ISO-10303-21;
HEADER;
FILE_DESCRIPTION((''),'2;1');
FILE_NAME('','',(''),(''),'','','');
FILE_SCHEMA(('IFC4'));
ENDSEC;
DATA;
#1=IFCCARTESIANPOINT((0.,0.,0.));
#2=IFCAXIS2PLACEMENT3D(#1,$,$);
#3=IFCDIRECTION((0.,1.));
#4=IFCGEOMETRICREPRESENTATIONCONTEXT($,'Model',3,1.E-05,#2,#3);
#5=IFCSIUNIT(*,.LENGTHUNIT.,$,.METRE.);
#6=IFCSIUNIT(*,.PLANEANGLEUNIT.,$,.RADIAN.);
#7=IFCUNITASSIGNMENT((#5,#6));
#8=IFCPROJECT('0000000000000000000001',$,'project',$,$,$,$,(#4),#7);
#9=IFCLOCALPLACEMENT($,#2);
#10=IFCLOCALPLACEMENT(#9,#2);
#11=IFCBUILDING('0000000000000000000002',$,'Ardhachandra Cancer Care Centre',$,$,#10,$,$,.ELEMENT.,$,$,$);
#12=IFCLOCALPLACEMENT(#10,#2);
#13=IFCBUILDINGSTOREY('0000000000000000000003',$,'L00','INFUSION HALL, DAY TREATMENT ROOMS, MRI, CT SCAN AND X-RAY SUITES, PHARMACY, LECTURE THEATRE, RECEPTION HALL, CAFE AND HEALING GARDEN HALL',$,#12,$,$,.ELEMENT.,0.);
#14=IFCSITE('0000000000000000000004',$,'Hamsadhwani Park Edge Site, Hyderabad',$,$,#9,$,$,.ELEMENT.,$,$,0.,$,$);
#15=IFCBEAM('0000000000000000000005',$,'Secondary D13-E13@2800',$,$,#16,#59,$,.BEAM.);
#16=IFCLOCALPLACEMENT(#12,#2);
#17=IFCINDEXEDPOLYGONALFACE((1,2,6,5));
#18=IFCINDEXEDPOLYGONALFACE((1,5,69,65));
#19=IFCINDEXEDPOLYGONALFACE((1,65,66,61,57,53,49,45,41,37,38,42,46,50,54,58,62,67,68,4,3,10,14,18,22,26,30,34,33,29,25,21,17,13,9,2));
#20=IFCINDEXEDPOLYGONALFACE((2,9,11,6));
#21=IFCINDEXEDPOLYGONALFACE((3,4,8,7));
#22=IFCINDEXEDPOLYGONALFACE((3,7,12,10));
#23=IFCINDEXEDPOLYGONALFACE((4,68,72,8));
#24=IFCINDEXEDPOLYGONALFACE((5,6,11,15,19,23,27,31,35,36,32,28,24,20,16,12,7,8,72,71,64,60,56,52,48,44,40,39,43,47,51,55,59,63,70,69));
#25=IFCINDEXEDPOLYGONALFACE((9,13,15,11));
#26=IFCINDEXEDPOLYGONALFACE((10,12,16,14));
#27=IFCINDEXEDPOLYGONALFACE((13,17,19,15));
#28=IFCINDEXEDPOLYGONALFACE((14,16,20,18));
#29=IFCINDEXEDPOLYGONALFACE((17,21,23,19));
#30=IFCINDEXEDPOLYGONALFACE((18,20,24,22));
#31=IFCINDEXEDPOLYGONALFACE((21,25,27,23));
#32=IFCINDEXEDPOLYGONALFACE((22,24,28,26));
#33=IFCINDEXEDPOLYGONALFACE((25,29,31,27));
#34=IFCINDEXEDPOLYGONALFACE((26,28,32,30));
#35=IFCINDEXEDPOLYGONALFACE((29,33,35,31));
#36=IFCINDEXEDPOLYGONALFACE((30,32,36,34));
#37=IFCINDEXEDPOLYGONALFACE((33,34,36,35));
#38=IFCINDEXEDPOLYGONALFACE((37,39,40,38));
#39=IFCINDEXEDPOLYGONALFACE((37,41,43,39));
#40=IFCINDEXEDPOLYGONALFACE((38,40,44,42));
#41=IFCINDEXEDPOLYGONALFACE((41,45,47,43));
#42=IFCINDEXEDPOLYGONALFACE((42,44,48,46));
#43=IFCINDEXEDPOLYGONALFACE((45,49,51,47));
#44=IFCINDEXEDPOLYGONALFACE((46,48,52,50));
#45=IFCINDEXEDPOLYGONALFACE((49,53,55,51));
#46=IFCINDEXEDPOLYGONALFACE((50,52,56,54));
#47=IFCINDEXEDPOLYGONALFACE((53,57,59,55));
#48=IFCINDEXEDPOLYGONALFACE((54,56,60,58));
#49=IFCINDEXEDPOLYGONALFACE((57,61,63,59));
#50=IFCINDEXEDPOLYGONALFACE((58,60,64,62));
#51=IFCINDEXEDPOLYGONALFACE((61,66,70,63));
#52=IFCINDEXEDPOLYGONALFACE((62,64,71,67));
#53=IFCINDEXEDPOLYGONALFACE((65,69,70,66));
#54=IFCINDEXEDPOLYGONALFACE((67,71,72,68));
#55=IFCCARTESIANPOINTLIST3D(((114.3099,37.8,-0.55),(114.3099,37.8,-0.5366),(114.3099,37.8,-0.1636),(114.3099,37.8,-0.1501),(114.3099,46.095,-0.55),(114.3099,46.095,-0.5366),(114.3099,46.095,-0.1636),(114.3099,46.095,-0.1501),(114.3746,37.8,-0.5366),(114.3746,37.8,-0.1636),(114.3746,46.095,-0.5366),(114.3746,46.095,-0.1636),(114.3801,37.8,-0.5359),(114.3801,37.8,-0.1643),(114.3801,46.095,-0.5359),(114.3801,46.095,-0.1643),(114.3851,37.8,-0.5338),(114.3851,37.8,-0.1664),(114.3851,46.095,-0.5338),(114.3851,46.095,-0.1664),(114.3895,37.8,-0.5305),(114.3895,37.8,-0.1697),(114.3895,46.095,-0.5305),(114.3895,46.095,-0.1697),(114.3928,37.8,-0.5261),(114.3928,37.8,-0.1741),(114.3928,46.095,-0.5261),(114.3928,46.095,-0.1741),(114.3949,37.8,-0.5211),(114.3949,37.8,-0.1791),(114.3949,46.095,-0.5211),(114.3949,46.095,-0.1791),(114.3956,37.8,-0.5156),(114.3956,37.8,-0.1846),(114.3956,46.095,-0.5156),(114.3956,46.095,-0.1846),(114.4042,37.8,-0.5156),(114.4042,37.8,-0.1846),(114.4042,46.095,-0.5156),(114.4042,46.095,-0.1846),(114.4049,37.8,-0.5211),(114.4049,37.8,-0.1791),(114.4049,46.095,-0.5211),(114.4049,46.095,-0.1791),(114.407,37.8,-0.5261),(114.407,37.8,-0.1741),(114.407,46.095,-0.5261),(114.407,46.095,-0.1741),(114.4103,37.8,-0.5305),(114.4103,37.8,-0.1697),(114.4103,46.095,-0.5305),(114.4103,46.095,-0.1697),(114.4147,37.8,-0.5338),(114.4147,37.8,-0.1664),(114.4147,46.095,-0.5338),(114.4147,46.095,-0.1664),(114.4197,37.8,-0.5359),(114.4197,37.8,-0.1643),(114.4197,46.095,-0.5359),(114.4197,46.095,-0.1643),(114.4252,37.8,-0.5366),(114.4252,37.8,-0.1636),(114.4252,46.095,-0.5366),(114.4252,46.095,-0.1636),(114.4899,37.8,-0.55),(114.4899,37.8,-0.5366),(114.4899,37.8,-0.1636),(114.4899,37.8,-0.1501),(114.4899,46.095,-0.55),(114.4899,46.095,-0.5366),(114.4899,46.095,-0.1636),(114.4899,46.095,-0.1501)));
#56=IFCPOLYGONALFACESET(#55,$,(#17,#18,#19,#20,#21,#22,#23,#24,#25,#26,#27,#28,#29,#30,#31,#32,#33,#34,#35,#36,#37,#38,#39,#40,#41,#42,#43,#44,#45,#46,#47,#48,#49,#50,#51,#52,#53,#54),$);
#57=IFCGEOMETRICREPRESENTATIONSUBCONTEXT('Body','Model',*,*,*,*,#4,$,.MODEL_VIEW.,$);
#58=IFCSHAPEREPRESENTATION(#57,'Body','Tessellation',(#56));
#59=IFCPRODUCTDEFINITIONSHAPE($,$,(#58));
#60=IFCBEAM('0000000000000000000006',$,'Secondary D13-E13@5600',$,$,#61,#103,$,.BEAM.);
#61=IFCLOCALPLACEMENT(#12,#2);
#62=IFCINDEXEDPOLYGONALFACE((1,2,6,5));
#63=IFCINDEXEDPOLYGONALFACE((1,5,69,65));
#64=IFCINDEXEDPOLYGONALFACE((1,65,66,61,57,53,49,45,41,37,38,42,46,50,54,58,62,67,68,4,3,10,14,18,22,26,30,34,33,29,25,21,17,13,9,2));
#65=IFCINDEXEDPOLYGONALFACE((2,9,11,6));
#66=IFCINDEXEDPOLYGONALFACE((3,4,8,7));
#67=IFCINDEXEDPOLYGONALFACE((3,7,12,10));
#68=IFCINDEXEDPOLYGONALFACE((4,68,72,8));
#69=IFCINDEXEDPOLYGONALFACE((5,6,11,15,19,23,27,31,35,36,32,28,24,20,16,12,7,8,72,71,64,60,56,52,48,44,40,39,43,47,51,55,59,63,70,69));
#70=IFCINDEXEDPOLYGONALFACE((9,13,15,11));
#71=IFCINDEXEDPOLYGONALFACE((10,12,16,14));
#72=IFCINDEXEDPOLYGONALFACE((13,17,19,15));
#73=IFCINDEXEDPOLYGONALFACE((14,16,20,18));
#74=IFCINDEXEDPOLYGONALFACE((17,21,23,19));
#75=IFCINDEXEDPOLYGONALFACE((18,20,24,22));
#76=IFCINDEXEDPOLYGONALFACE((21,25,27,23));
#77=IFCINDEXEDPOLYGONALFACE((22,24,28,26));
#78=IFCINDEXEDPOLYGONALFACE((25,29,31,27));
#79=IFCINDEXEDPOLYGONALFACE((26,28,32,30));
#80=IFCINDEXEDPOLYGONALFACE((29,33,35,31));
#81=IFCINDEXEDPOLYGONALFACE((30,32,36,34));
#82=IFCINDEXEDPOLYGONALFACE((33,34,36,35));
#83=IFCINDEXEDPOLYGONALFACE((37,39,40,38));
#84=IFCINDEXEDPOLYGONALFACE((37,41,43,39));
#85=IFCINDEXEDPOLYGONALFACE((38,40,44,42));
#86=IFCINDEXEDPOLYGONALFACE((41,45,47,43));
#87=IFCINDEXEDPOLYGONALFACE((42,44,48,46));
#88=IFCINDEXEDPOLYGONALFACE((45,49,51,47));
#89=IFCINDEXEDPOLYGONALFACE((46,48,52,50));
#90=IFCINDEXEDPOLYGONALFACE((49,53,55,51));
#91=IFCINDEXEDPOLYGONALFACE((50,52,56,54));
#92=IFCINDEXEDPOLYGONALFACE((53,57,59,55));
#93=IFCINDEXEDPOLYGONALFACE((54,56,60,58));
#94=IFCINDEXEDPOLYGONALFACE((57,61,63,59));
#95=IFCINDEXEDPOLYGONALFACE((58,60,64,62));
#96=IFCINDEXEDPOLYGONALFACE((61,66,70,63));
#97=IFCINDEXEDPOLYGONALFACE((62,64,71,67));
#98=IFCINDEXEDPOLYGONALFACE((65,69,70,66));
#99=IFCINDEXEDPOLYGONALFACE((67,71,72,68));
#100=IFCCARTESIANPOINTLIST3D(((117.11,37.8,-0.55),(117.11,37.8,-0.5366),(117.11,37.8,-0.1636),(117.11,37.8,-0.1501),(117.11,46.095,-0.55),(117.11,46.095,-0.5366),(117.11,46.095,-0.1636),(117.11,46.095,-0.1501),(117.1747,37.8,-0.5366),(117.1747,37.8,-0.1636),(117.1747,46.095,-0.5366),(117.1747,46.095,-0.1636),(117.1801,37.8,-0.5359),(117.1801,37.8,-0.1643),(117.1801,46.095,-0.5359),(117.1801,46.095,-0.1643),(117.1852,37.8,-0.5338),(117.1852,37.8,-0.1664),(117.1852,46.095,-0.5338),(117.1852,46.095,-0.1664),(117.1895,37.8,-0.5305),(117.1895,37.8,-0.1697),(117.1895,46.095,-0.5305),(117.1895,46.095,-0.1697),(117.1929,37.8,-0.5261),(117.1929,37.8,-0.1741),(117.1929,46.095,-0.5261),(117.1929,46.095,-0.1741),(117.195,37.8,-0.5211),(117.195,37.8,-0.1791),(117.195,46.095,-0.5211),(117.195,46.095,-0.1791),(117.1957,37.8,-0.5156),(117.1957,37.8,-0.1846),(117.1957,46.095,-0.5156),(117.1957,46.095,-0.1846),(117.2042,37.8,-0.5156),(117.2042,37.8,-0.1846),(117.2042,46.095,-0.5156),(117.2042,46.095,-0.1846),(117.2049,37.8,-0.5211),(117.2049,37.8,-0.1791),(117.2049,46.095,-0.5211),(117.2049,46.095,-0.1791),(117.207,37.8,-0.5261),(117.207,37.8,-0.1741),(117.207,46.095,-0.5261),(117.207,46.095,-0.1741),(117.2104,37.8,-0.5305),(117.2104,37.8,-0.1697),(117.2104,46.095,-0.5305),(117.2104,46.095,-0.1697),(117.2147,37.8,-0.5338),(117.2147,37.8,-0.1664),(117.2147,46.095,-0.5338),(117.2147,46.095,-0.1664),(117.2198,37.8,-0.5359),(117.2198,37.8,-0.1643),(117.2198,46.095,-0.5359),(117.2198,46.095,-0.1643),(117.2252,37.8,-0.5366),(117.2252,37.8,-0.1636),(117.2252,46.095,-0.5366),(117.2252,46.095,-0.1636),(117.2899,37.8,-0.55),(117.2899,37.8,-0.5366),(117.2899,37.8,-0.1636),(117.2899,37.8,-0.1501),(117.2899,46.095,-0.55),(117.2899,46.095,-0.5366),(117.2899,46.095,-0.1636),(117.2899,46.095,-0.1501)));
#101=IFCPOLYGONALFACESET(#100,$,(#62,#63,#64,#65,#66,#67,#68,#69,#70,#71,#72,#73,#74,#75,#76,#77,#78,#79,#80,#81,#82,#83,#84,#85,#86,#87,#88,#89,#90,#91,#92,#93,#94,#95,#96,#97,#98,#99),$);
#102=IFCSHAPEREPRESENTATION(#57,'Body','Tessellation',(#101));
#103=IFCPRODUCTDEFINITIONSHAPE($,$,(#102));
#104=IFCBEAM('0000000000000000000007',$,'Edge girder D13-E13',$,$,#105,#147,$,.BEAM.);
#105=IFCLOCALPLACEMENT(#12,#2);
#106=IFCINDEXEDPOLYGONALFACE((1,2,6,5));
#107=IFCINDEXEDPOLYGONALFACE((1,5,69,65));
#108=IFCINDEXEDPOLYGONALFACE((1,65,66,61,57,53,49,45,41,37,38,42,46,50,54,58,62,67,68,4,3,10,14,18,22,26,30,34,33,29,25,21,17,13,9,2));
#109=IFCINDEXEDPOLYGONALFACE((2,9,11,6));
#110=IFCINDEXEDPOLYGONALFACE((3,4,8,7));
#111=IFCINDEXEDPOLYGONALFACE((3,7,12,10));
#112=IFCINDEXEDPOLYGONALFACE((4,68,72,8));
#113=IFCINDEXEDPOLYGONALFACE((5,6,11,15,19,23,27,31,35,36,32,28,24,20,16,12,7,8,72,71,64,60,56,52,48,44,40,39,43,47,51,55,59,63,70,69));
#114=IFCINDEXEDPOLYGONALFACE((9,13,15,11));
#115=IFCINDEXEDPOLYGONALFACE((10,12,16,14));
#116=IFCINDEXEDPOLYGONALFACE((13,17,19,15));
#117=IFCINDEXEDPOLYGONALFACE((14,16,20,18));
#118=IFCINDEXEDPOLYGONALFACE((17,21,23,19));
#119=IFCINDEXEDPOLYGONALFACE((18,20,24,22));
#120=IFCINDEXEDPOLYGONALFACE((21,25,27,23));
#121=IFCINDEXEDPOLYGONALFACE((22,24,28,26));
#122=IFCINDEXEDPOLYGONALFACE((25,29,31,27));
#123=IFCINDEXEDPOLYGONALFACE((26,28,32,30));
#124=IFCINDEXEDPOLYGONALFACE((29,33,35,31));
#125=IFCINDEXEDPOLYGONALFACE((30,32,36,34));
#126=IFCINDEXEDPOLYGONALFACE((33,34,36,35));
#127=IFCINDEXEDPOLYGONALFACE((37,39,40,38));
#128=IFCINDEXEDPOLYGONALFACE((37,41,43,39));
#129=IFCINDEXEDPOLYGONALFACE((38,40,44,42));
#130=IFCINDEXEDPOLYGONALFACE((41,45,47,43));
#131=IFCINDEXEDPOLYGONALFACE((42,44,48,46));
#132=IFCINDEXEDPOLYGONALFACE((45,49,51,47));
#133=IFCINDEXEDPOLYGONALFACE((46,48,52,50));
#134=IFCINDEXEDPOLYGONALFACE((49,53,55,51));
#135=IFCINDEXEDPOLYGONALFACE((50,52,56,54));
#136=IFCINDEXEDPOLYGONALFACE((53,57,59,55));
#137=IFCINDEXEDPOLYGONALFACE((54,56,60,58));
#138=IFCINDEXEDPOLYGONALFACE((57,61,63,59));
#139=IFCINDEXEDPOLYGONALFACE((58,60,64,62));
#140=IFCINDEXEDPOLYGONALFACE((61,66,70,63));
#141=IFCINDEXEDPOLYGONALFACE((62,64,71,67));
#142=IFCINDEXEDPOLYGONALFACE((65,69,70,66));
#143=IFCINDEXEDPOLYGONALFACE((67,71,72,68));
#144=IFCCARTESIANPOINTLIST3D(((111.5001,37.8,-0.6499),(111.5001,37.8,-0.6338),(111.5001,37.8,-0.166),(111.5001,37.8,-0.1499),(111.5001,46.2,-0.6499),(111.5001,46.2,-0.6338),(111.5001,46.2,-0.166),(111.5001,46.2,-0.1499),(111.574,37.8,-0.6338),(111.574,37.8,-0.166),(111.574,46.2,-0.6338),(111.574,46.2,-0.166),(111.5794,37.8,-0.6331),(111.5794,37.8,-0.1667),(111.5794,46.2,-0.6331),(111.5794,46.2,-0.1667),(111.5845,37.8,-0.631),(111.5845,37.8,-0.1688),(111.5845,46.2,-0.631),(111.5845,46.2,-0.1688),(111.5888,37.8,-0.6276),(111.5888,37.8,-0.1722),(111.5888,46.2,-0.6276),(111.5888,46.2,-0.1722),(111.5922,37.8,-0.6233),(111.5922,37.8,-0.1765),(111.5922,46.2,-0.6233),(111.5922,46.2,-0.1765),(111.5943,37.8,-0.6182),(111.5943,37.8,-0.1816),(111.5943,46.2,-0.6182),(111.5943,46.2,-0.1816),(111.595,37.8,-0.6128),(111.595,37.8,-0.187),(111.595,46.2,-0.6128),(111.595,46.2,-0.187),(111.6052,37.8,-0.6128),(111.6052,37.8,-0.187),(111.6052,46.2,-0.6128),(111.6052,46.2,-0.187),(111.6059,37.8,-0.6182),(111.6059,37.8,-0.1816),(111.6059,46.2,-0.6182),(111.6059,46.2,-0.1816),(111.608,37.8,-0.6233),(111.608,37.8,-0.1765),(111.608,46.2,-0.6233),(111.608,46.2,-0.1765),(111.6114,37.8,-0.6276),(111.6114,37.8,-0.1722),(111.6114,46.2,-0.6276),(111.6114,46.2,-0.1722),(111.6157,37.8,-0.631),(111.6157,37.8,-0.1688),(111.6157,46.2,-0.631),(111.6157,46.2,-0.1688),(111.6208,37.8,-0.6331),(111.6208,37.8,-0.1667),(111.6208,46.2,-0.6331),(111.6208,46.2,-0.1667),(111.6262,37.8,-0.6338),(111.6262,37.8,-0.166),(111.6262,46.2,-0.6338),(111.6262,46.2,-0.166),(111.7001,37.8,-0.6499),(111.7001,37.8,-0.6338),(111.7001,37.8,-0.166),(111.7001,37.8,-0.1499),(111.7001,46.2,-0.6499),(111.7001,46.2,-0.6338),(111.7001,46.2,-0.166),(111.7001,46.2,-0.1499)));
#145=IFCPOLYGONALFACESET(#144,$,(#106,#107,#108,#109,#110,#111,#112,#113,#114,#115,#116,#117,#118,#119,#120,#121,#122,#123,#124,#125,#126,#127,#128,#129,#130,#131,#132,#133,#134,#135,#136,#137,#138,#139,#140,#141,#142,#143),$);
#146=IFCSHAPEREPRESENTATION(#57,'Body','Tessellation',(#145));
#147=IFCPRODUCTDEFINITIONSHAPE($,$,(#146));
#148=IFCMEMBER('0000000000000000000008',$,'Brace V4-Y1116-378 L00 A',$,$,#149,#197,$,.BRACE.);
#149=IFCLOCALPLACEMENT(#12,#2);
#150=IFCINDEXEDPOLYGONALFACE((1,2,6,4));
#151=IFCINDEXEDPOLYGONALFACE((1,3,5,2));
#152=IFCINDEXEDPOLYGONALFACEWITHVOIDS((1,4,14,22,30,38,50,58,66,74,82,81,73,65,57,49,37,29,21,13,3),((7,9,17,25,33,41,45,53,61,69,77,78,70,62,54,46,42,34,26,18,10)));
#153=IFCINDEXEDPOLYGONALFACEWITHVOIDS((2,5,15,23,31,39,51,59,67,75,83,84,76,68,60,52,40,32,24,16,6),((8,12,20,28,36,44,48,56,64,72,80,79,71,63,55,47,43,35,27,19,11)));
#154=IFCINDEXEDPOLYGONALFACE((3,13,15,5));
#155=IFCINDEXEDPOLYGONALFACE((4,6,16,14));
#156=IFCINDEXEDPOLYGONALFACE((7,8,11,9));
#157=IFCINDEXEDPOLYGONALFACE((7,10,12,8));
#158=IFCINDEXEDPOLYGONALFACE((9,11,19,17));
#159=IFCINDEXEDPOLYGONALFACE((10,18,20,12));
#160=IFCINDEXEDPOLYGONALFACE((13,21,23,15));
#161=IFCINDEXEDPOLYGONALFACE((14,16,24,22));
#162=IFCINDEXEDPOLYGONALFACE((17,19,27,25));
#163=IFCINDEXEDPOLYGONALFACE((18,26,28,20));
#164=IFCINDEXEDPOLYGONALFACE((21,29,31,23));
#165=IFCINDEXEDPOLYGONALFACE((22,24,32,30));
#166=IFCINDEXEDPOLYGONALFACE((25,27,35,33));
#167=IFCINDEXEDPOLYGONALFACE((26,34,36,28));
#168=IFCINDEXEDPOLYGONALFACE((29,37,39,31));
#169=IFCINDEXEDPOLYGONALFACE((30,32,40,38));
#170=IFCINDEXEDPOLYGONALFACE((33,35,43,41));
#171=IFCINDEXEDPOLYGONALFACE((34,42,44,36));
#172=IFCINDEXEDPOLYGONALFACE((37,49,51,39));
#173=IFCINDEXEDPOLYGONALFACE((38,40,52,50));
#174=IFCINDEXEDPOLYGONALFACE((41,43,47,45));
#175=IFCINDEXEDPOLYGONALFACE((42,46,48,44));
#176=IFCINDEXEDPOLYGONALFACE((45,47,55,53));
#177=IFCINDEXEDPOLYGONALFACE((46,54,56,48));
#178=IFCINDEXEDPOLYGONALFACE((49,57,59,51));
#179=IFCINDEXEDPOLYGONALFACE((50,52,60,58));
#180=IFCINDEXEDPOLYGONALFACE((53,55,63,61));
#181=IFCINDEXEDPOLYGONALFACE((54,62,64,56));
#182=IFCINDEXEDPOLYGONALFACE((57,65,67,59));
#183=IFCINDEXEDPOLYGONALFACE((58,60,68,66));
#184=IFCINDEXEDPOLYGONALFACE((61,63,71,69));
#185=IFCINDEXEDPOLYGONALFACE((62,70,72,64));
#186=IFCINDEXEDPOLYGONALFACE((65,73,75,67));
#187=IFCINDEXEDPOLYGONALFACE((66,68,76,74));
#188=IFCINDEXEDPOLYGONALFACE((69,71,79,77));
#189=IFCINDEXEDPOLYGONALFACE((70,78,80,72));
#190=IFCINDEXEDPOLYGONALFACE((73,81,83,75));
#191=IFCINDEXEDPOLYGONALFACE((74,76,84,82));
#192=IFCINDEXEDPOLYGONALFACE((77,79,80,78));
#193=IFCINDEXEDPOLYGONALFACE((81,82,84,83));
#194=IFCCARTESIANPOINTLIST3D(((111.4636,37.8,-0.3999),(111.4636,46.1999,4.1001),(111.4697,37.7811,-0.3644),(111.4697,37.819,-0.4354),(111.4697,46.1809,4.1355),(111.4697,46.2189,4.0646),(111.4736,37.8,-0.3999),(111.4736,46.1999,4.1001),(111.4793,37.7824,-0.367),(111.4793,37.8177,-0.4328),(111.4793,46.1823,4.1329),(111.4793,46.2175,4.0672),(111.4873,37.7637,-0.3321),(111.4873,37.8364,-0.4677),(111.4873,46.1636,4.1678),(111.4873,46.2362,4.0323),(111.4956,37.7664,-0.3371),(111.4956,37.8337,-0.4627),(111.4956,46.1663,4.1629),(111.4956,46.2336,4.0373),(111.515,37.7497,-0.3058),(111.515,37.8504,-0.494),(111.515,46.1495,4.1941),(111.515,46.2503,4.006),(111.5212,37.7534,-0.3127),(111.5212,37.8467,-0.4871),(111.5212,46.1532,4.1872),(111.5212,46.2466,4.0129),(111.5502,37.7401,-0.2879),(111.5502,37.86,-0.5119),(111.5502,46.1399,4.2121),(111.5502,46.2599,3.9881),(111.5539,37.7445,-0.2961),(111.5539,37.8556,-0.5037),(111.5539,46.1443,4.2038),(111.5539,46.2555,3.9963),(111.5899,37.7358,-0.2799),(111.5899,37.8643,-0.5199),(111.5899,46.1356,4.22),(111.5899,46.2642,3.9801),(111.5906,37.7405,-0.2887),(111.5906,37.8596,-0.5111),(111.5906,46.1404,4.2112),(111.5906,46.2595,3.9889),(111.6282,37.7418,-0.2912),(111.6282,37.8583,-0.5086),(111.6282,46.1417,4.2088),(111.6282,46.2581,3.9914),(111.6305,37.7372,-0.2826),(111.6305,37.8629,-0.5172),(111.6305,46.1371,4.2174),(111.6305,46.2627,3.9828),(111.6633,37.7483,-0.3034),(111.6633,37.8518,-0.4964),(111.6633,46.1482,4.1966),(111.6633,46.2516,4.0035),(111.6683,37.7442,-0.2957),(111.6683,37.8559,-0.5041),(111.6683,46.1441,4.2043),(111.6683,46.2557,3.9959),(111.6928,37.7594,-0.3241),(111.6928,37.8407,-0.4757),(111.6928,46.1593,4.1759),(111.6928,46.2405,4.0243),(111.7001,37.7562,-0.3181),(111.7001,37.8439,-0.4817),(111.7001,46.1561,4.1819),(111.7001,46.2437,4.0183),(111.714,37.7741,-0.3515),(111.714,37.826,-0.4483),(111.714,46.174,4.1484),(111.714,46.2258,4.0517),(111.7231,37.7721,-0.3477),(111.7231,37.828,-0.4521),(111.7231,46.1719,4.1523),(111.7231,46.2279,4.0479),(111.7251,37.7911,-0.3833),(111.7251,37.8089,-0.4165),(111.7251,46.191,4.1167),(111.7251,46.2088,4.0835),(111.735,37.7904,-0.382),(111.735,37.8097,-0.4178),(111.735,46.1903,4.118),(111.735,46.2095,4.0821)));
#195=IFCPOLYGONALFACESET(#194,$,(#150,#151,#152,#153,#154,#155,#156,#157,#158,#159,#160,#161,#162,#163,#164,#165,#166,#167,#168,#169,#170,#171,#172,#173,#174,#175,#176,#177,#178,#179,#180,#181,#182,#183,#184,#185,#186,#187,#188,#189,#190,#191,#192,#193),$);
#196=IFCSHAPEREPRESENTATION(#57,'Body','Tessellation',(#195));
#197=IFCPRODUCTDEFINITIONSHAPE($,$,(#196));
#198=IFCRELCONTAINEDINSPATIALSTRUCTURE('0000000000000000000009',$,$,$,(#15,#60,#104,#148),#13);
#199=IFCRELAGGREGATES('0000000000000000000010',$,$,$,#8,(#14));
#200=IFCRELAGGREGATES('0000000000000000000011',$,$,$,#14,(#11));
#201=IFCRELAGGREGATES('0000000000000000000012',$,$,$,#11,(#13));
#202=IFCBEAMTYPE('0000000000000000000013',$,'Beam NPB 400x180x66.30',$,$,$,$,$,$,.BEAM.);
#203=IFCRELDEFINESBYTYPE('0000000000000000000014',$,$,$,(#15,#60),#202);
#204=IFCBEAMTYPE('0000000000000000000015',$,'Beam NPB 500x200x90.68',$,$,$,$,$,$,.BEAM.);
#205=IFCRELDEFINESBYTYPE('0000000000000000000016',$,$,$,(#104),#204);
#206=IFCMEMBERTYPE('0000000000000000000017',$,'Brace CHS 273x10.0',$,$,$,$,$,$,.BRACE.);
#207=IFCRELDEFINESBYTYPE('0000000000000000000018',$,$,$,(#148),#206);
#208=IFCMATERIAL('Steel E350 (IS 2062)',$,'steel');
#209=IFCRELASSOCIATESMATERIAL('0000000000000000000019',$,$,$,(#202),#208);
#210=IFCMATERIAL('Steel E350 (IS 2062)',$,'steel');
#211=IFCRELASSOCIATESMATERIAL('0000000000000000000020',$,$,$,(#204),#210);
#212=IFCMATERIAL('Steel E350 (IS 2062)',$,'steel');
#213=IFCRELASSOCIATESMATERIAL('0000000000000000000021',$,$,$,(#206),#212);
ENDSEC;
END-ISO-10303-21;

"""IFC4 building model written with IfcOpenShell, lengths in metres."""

from ifc_helpers import new_model, si_unit, direction, frame, origin, origin_2d, place, context, subcontext, project, spatial, hollow_circle, i_section, extrude, material, material_profile, profile_set, type_object, element, save


model = new_model("IFC4")

# Units and contexts
model_context = context("Model", 3, precision=1e-05, world=origin(), true_north=direction((0.0, 1.0)))
body_context = subcontext(model_context, "Body", "Model", "MODEL_VIEW")
ifc_project = project(units=[si_unit("LENGTHUNIT", "METRE"), si_unit("PLANEANGLEUNIT", "RADIAN")], contexts=[model_context])

# Site, building, storey
site_placement = place(None, origin())
site = spatial("IfcSite", under=ifc_project, at=site_placement, Name="Hamsadhwani Park Edge Site, Hyderabad", CompositionType="ELEMENT", RefElevation=0.0)
building_placement = place(site_placement, origin())
building = spatial("IfcBuilding", under=site, at=building_placement, Name="Ardhachandra Cancer Care Centre", CompositionType="ELEMENT")
storey_placement = place(building_placement, origin())
storey = spatial("IfcBuildingStorey", under=building, at=storey_placement, Name="L00", Description="INFUSION HALL, DAY TREATMENT ROOMS, MRI, CT SCAN AND X-RAY SUITES, PHARMACY, LECTURE THEATRE, RECEPTION HALL, CAFE AND HEALING GARDEN HALL", CompositionType="ELEMENT", Elevation=0.0)

# Beams
ifc_material_1 = material(Name="Steel E350 (IS 2062)", Category="steel")
ifc_material_profile_1 = material_profile(ifc_material_1, i_section(OverallWidth=0.1799, OverallDepth=0.3999, WebThickness=0.0085, FlangeThickness=0.0134, FilletRadius=0.021, at=origin_2d()), Name="NPB 400x180x66.30")
ifc_profile_set_1 = profile_set([ifc_material_profile_1], Name="Steel E350 (IS 2062)")
beam_type_1 = type_object("IfcBeamType", Name="Beam NPB 400x180x66.30", PredefinedType="BEAM", material=ifc_profile_set_1)
for number, where, z_axis, x_axis, name in (
    (1, (114.3999, 37.8, -0.3501), (0.0, 1.0, 0.0), (-1.0, 0.0, 0.0), "Secondary D13-E13@2800"),
    (2, (117.2, 37.8, -0.3501), (0.0, 1.0, 0.0), (-1.0, 0.0, 0.0), "Secondary D13-E13@5600"),
):
    element("IfcBeam", number, at=place(storey_placement, frame(where, z_axis=z_axis, x_axis=x_axis)), inside=storey, type_object=beam_type_1, Name=name, PredefinedType="BEAM", context=body_context, shape_type="SweptSolid", body=[
        extrude(i_section(OverallWidth=0.1799, OverallDepth=0.3999, WebThickness=0.0085, FlangeThickness=0.0134, FilletRadius=0.021, at=origin_2d()), origin(), (0.0, 0.0, 1.0), 8.2949),
    ])
ifc_material_2 = material(Name="Steel E350 (IS 2062)", Category="steel")
ifc_material_profile_2 = material_profile(ifc_material_2, i_section(OverallWidth=0.2, OverallDepth=0.5, WebThickness=0.0103, FlangeThickness=0.0161, FilletRadius=0.021, at=origin_2d()), Name="NPB 500x200x90.68")
ifc_profile_set_2 = profile_set([ifc_material_profile_2], Name="Steel E350 (IS 2062)")
beam_type_2 = type_object("IfcBeamType", Name="Beam NPB 500x200x90.68", PredefinedType="BEAM", material=ifc_profile_set_2)
beam_placement = place(storey_placement, frame((111.6001, 37.8, -0.3999), z_axis=(0.0, 1.0, 0.0), x_axis=(-1.0, 0.0, 0.0)))
element("IfcBeam", 3, at=beam_placement, inside=storey, type_object=beam_type_2, Name="Edge girder D13-E13", PredefinedType="BEAM", context=body_context, shape_type="SweptSolid", body=[
    extrude(i_section(OverallWidth=0.2, OverallDepth=0.5, WebThickness=0.0103, FlangeThickness=0.0161, FilletRadius=0.021, at=origin_2d()), origin(), (0.0, 0.0, 1.0), 8.3999),
])

# Member
ifc_material_3 = material(Name="Steel E350 (IS 2062)", Category="steel")
ifc_material_profile_3 = material_profile(ifc_material_3, hollow_circle(Radius=0.1365, WallThickness=0.01, at=origin_2d()), Name="CHS 273x10.0")
ifc_profile_set_3 = profile_set([ifc_material_profile_3], Name="Steel E350 (IS 2062)")
member_type_1 = type_object("IfcMemberType", Name="Brace CHS 273x10.0", PredefinedType="BRACE", material=ifc_profile_set_3)
member_1_placement = place(storey_placement, frame((111.6001, 37.8, -0.3999), z_axis=(0.0, 0.881478, 0.472226), x_axis=(-1.0, 0.0, 0.0)))
element("IfcMember", 4, at=member_1_placement, inside=storey, type_object=member_type_1, Name="Brace V4-Y1116-378 L00 A", PredefinedType="BRACE", context=body_context, shape_type="SweptSolid", body=[
    extrude(hollow_circle(Radius=0.1365, WallThickness=0.01, at=origin_2d()), origin(), (0.0, 0.0, 1.0), 9.5293),
])

save(model, "model.ifc")
